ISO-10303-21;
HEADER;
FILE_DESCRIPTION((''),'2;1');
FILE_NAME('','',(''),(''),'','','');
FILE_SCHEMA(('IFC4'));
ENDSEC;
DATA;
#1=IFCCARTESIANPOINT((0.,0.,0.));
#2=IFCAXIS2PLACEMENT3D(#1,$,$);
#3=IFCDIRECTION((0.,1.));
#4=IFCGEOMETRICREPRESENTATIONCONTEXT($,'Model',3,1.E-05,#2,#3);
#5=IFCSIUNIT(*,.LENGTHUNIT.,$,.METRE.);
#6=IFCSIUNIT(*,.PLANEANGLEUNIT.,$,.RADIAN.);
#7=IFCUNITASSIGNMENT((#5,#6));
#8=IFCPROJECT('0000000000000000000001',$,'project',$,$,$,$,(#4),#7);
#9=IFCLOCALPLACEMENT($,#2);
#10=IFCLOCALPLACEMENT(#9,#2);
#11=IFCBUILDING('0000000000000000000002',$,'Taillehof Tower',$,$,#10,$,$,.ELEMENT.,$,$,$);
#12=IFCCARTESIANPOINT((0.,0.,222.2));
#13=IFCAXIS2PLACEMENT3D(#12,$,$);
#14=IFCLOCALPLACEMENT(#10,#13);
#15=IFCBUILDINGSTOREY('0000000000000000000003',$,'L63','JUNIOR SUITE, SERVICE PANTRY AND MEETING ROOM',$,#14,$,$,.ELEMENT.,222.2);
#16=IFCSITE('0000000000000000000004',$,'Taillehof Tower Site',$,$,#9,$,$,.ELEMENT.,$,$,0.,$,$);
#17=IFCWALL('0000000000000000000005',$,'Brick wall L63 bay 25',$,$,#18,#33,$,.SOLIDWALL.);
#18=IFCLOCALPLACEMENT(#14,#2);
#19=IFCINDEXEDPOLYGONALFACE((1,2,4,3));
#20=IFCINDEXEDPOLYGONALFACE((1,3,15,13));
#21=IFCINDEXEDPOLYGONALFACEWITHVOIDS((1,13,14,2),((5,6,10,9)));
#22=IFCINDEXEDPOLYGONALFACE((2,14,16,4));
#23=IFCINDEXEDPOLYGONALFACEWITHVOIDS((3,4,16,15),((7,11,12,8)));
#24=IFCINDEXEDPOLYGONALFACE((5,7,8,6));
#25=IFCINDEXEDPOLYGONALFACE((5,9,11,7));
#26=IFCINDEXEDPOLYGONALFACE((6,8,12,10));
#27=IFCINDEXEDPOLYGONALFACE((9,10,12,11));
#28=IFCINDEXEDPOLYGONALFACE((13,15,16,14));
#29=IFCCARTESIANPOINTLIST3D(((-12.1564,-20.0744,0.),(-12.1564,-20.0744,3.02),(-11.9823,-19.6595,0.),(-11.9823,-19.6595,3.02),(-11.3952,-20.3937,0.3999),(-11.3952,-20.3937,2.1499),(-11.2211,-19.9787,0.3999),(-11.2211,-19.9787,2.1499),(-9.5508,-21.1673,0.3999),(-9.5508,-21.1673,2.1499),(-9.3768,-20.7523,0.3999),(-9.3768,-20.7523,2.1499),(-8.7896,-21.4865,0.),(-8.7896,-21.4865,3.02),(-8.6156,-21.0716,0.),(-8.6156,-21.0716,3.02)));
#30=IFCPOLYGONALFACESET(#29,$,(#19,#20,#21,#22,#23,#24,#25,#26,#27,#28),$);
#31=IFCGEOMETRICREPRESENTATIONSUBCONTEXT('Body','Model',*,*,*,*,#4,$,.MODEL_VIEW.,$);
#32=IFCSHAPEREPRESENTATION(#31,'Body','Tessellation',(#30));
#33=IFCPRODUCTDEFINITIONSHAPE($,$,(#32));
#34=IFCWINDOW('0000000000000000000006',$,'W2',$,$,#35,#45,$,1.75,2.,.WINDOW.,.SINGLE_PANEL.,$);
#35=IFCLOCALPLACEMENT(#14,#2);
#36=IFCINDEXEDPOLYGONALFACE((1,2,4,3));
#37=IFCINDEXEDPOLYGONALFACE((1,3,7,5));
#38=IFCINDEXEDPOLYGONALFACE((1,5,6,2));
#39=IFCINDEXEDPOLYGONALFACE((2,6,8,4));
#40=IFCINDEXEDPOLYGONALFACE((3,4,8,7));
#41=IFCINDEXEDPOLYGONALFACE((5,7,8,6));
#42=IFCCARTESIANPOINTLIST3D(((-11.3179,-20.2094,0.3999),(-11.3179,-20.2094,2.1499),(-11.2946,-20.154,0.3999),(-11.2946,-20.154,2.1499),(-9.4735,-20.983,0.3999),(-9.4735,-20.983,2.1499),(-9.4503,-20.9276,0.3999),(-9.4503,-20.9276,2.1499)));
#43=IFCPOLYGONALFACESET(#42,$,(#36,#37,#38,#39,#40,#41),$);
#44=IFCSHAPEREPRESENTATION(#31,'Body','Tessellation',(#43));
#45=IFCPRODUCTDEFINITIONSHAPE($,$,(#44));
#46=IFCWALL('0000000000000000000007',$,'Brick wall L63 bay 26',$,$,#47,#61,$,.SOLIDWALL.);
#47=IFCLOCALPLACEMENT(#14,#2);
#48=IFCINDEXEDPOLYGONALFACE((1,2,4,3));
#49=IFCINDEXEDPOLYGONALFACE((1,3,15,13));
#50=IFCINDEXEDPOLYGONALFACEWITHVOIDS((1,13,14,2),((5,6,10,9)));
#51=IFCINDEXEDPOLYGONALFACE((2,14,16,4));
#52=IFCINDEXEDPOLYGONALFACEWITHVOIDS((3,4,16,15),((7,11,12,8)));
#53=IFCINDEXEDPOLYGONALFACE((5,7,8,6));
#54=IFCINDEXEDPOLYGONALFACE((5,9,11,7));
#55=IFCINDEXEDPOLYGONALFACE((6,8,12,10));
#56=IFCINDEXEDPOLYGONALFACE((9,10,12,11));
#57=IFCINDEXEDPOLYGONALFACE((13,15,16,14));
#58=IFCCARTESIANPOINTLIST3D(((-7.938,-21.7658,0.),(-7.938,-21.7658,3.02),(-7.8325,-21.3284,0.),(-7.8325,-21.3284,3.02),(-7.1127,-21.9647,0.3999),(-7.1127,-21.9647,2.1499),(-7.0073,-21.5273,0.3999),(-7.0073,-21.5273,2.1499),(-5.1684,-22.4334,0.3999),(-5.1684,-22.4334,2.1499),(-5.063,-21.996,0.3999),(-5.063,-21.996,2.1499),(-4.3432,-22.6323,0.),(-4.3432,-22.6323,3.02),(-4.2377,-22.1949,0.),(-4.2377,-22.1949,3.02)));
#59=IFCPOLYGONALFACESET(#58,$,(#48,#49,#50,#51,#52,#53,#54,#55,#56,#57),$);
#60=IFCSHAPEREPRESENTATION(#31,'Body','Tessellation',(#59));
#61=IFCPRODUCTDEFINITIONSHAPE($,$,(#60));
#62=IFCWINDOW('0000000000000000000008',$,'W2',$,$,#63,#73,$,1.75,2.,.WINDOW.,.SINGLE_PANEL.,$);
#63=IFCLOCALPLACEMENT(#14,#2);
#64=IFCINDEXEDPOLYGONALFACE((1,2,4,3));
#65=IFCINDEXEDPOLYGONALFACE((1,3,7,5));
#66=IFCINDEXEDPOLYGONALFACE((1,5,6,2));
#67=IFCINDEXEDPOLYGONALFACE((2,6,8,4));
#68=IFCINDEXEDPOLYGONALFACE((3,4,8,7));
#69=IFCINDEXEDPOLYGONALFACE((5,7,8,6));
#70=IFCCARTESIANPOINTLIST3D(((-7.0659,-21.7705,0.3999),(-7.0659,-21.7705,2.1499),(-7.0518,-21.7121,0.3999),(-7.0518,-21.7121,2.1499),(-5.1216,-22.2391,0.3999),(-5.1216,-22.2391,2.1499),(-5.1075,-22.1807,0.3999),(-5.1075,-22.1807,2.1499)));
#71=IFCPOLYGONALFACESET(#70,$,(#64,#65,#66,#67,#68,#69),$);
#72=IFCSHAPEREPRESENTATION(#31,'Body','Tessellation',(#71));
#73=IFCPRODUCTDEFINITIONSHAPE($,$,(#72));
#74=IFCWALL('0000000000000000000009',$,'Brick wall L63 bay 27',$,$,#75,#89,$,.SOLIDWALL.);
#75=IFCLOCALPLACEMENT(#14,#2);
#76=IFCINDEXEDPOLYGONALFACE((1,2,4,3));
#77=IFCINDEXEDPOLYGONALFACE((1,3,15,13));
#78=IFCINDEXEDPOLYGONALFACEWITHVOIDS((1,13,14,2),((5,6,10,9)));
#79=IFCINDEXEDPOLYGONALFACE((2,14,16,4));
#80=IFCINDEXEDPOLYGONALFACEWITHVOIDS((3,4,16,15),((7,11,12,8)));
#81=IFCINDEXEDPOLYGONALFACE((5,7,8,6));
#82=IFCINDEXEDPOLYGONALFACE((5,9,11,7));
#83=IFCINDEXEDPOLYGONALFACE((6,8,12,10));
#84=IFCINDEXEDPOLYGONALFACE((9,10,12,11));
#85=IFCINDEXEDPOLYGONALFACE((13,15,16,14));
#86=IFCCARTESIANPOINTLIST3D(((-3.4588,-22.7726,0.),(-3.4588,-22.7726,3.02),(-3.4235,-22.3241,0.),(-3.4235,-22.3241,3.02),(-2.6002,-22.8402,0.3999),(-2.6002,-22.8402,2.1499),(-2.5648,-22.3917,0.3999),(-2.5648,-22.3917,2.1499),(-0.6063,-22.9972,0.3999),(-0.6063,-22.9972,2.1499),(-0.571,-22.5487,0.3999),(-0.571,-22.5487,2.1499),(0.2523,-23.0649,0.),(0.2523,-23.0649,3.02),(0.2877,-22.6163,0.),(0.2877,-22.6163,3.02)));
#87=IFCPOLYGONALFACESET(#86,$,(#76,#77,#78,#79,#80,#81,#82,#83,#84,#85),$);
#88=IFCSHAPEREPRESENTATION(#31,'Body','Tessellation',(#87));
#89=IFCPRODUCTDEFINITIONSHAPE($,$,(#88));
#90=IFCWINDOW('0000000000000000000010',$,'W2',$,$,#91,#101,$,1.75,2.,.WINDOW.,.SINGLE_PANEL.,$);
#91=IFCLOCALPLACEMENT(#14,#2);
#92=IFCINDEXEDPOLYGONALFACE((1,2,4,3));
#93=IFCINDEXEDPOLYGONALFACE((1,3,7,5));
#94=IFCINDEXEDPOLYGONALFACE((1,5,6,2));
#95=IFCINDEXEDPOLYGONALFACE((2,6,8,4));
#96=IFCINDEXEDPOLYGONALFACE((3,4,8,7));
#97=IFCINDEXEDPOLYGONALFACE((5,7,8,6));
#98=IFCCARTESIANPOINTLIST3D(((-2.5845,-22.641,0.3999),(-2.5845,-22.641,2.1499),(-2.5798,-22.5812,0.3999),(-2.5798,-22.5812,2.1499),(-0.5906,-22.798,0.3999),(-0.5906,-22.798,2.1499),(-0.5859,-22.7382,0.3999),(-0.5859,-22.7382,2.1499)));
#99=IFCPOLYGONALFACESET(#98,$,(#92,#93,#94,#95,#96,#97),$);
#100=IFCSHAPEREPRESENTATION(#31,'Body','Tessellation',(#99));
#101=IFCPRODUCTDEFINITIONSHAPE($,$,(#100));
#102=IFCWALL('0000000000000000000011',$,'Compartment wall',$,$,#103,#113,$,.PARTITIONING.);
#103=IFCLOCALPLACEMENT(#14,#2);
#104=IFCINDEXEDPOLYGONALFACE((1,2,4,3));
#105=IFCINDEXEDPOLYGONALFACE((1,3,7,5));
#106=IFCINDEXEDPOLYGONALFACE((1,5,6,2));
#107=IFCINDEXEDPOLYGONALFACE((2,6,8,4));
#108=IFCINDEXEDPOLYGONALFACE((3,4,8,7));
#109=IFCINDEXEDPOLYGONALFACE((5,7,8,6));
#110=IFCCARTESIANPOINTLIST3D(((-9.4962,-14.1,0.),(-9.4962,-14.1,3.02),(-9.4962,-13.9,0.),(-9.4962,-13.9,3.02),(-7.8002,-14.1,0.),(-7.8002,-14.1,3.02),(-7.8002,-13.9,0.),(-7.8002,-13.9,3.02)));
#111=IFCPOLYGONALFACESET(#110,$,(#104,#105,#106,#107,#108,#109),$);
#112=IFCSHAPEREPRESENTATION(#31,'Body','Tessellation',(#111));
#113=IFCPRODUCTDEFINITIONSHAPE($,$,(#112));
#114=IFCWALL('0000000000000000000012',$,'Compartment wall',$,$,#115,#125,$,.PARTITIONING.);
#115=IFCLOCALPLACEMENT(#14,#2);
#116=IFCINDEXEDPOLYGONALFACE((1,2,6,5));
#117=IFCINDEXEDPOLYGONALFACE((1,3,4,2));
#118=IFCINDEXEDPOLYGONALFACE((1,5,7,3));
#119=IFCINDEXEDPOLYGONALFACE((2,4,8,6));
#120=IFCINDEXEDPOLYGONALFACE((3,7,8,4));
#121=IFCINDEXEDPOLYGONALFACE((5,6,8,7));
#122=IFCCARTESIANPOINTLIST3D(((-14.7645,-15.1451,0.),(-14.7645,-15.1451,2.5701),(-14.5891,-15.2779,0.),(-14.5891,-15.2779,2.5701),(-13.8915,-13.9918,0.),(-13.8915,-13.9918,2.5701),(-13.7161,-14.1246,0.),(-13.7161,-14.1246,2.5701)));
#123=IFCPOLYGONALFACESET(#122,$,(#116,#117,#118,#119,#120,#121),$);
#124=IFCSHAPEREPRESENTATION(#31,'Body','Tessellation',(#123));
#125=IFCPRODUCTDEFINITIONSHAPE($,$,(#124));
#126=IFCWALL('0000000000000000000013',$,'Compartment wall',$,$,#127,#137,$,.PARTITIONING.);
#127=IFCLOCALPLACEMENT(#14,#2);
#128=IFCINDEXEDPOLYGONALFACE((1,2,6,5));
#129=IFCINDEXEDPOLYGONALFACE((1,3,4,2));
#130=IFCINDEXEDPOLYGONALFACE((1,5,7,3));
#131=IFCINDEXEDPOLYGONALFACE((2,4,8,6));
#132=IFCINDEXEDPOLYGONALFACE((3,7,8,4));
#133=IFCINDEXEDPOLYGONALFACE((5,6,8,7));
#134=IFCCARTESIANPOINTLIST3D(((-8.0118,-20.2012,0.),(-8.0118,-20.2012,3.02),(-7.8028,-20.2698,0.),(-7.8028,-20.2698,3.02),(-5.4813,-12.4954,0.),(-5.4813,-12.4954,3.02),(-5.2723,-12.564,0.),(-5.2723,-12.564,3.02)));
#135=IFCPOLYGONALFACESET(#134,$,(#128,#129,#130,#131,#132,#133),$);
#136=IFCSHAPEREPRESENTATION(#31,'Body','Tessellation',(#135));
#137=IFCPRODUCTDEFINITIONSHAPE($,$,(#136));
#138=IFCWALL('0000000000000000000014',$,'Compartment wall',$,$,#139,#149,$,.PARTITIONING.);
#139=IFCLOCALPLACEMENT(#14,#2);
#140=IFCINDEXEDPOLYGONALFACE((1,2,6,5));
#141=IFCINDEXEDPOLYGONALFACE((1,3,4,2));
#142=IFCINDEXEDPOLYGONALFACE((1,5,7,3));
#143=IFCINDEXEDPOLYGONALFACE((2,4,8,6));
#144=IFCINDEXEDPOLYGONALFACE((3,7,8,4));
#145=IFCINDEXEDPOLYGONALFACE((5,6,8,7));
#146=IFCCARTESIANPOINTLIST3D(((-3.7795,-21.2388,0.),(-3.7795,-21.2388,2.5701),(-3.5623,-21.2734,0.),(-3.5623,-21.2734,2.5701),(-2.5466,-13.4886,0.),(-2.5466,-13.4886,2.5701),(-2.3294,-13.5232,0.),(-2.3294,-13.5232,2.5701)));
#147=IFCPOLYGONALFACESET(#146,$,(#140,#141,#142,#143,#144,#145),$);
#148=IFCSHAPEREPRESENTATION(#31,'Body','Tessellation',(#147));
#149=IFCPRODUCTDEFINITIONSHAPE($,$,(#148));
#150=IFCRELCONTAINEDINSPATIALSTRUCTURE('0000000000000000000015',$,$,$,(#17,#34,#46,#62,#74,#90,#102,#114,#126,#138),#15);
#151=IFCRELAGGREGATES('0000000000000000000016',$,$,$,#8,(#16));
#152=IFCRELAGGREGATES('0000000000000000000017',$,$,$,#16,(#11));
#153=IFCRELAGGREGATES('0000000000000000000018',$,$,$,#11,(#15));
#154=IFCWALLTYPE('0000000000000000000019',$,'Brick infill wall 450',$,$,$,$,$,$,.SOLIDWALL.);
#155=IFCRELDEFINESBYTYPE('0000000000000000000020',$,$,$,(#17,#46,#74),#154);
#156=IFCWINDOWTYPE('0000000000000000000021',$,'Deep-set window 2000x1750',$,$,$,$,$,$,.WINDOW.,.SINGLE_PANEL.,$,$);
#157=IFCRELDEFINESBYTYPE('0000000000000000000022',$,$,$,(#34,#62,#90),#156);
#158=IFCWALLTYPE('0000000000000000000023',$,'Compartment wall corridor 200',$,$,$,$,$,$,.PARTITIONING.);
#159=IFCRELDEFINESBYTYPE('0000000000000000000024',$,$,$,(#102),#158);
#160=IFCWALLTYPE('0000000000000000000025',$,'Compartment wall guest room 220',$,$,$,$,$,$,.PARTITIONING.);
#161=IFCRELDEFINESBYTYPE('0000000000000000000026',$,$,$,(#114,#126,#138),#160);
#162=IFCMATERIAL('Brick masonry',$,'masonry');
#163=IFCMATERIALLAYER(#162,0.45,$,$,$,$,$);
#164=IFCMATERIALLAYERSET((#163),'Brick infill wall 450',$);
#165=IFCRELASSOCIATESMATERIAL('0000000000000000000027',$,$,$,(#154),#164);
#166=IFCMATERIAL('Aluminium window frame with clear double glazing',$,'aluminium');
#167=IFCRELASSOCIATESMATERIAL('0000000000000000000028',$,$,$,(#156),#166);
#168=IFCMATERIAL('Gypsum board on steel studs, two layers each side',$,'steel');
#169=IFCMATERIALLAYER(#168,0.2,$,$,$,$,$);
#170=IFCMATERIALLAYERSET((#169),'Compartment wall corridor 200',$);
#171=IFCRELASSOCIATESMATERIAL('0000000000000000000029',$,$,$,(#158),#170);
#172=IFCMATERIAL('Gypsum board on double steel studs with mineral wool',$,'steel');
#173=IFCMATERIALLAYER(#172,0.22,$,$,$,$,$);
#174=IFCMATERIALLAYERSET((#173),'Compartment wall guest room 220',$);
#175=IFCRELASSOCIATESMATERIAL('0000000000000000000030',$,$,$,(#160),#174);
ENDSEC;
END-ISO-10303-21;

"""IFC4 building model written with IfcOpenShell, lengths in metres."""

from ifc_helpers import new_model, si_unit, direction, frame, frame_2d, origin, place, context, subcontext, project, spatial, rectangle, extrude, material, layer, layer_set, type_object, element, fill, save


model = new_model("IFC4")

# Units and contexts
model_context = context("Model", 3, precision=1e-05, world=origin(), true_north=direction((0.0, 1.0)))
body_context = subcontext(model_context, "Body", "Model", "MODEL_VIEW")
ifc_project = project(units=[si_unit("LENGTHUNIT", "METRE"), si_unit("PLANEANGLEUNIT", "RADIAN")], contexts=[model_context])

# Site, building, storey
site_placement = place(None, origin())
site = spatial("IfcSite", under=ifc_project, at=site_placement, Name="Taillehof Tower Site", CompositionType="ELEMENT", RefElevation=0.0)
building_placement = place(site_placement, origin())
building = spatial("IfcBuilding", under=site, at=building_placement, Name="Taillehof Tower", CompositionType="ELEMENT")
storey_placement = place(building_placement, frame((0.0, 0.0, 222.2)))
storey = spatial("IfcBuildingStorey", under=building, at=storey_placement, Name="L63", Description="JUNIOR SUITE, SERVICE PANTRY AND MEETING ROOM", CompositionType="ELEMENT", Elevation=222.2)

# Walls, openings, windows
ifc_material_1 = material(Name="Brick masonry", Category="masonry")
ifc_layer_1 = layer(ifc_material_1, 0.45)
ifc_layer_set_1 = layer_set([ifc_layer_1], Name="Brick infill wall 450")
wall_type_1 = type_object("IfcWallType", Name="Brick infill wall 450", PredefinedType="SOLIDWALL", material=ifc_layer_set_1)
wall_1_placement = place(storey_placement, frame((-12.0693, -19.8669, 0.0), z_axis=(0.0, 0.0, 1.0), x_axis=(0.922168, -0.386789, 0.0)))
wall_1 = element("IfcWall", 1, at=wall_1_placement, inside=storey, type_object=wall_type_1, Name="Brick wall L63 bay 25", PredefinedType="SOLIDWALL", context=body_context, shape_type="SweptSolid", body=[
    extrude(rectangle(XDim=3.6509, YDim=0.45, at=frame_2d((1.8254, 0.0))), origin(), (0.0, 0.0, 1.0), 3.02),
])
opening_1_placement = place(wall_1_placement, frame((0.8254, 0.0, 0.3999)))
opening_1 = element("IfcOpeningElement", 2, at=opening_1_placement, cuts=wall_1, PredefinedType="OPENING", context=body_context, shape_type="SweptSolid", body=[
    extrude(rectangle(XDim=2.0, YDim=1.75, at=frame_2d((1.0, 0.875))), frame((0.0, 0.2349, 0.0), z_axis=(0.0, -1.0, 0.0), x_axis=(1.0, 0.0, 0.0)), (0.0, 0.0, 1.0), 0.47),
])
ifc_material_2 = material(Name="Aluminium window frame with clear double glazing", Category="aluminium")
window_type = type_object("IfcWindowType", Name="Deep-set window 2000x1750", PartitioningType="SINGLE_PANEL", PredefinedType="WINDOW", material=ifc_material_2)
window_1_placement = place(opening_1_placement, origin())
window_1 = element("IfcWindow", 3, at=window_1_placement, inside=storey, type_object=window_type, Name="W2", OverallHeight=1.75, OverallWidth=2.0, PartitioningType="SINGLE_PANEL", PredefinedType="WINDOW", context=body_context, shape_type="SweptSolid", body=[
    extrude(rectangle(XDim=2.0, YDim=1.75, at=frame_2d((1.0, 0.875))), frame((0.0, 0.0349, 0.0), z_axis=(0.0, -1.0, 0.0), x_axis=(1.0, 0.0, 0.0)), (0.0, 0.0, 1.0), 0.0601),
])
fill(opening_1, window_1)
wall_2_placement = place(storey_placement, frame((-7.8853, -21.5471, 0.0), z_axis=(0.0, 0.0, 1.0), x_axis=(0.972158, -0.234324, 0.0)))
wall_2 = element("IfcWall", 4, at=wall_2_placement, inside=storey, type_object=wall_type_1, Name="Brick wall L63 bay 26", PredefinedType="SOLIDWALL", context=body_context, shape_type="SweptSolid", body=[
    extrude(rectangle(XDim=3.6978, YDim=0.45, at=frame_2d((1.8489, 0.0))), origin(), (0.0, 0.0, 1.0), 3.02),
])
opening_2_placement = place(wall_2_placement, frame((0.8489, 0.0, 0.3999)))
opening_2 = element("IfcOpeningElement", 5, at=opening_2_placement, cuts=wall_2, PredefinedType="OPENING", context=body_context, shape_type="SweptSolid", body=[
    extrude(rectangle(XDim=2.0, YDim=1.75, at=frame_2d((1.0, 0.875))), frame((0.0, 0.2349, 0.0), z_axis=(0.0, -1.0, 0.0), x_axis=(1.0, 0.0, 0.0)), (0.0, 0.0, 1.0), 0.47),
])
window_2_placement = place(opening_2_placement, origin())
window_2 = element("IfcWindow", 6, at=window_2_placement, inside=storey, type_object=window_type, Name="W2", OverallHeight=1.75, OverallWidth=2.0, PartitioningType="SINGLE_PANEL", PredefinedType="WINDOW", context=body_context, shape_type="SweptSolid", body=[
    extrude(rectangle(XDim=2.0, YDim=1.75, at=frame_2d((1.0, 0.875))), frame((0.0, 0.0349, 0.0), z_axis=(0.0, -1.0, 0.0), x_axis=(1.0, 0.0, 0.0)), (0.0, 0.0, 1.0), 0.0601),
])
fill(opening_2, window_2)
wall_3_placement = place(storey_placement, frame((-3.4412, -22.5483, 0.0), z_axis=(0.0, 0.0, 1.0), x_axis=(0.996914, -0.078502, 0.0)))
wall_3 = element("IfcWall", 7, at=wall_3_placement, inside=storey, type_object=wall_type_1, Name="Brick wall L63 bay 27", PredefinedType="SOLIDWALL", context=body_context, shape_type="SweptSolid", body=[
    extrude(rectangle(XDim=3.7227, YDim=0.45, at=frame_2d((1.8613, 0.0))), origin(), (0.0, 0.0, 1.0), 3.02),
])
opening_3_placement = place(wall_3_placement, frame((0.8613, 0.0, 0.3999)))
opening_3 = element("IfcOpeningElement", 8, at=opening_3_placement, cuts=wall_3, PredefinedType="OPENING", context=body_context, shape_type="SweptSolid", body=[
    extrude(rectangle(XDim=2.0, YDim=1.75, at=frame_2d((1.0, 0.875))), frame((0.0, 0.2349, 0.0), z_axis=(0.0, -1.0, 0.0), x_axis=(1.0, 0.0, 0.0)), (0.0, 0.0, 1.0), 0.47),
])
window_3_placement = place(opening_3_placement, origin())
window_3 = element("IfcWindow", 9, at=window_3_placement, inside=storey, type_object=window_type, Name="W2", OverallHeight=1.75, OverallWidth=2.0, PartitioningType="SINGLE_PANEL", PredefinedType="WINDOW", context=body_context, shape_type="SweptSolid", body=[
    extrude(rectangle(XDim=2.0, YDim=1.75, at=frame_2d((1.0, 0.875))), frame((0.0, 0.0349, 0.0), z_axis=(0.0, -1.0, 0.0), x_axis=(1.0, 0.0, 0.0)), (0.0, 0.0, 1.0), 0.0601),
])
fill(opening_3, window_3)

# Walls
ifc_material_3 = material(Name="Gypsum board on steel studs, two layers each side", Category="steel")
ifc_layer_2 = layer(ifc_material_3, 0.2)
ifc_layer_set_2 = layer_set([ifc_layer_2], Name="Compartment wall corridor 200")
wall_type_2 = type_object("IfcWallType", Name="Compartment wall corridor 200", PredefinedType="PARTITIONING", material=ifc_layer_set_2)
wall_4_placement = place(storey_placement, frame((-7.8, -14.0, 0.0), z_axis=(0.0, 0.0, 1.0), x_axis=(-1.0, 0.0, 0.0)))
element("IfcWall", 10, at=wall_4_placement, inside=storey, type_object=wall_type_2, Name="Compartment wall", PredefinedType="PARTITIONING", context=body_context, shape_type="SweptSolid", body=[
    extrude(rectangle(XDim=1.696, YDim=0.2, at=frame_2d((0.8481, 0.0))), origin(), (0.0, 0.0, 1.0), 3.02),
])
ifc_material_4 = material(Name="Gypsum board on double steel studs with mineral wool", Category="steel")
ifc_layer_3 = layer(ifc_material_4, 0.22)
ifc_layer_set_3 = layer_set([ifc_layer_3], Name="Compartment wall guest room 220")
wall_type_3 = type_object("IfcWallType", Name="Compartment wall guest room 220", PredefinedType="PARTITIONING", material=ifc_layer_set_3)
wall_5_placement = place(storey_placement, frame((-14.6768, -15.2114, 0.0), z_axis=(0.0, 0.0, 1.0), x_axis=(0.603559, 0.797319, 0.0)))
element("IfcWall", 11, at=wall_5_placement, inside=storey, type_object=wall_type_3, Name="Compartment wall", PredefinedType="PARTITIONING", context=body_context, shape_type="SweptSolid", body=[
    extrude(rectangle(XDim=1.4465, YDim=0.22, at=frame_2d((0.7231, 0.0))), origin(), (0.0, 0.0, 1.0), 2.5701),
])
wall_6_placement = place(storey_placement, frame((-7.9072, -20.2354, 0.0), z_axis=(0.0, 0.0, 1.0), x_axis=(0.311998, 0.950083, 0.0)))
element("IfcWall", 12, at=wall_6_placement, inside=storey, type_object=wall_type_3, Name="Compartment wall", PredefinedType="PARTITIONING", context=body_context, shape_type="SweptSolid", body=[
    extrude(rectangle(XDim=8.1106, YDim=0.22, at=frame_2d((4.0552, 0.0))), origin(), (0.0, 0.0, 1.0), 3.02),
])
wall_7_placement = place(storey_placement, frame((-3.6709, -21.2561, 0.0), z_axis=(0.0, 0.0, 1.0), x_axis=(0.157105, 0.987582, 0.0)))
element("IfcWall", 13, at=wall_7_placement, inside=storey, type_object=wall_type_3, Name="Compartment wall", PredefinedType="PARTITIONING", context=body_context, shape_type="SweptSolid", body=[
    extrude(rectangle(XDim=7.8477, YDim=0.22, at=frame_2d((3.9238, 0.0))), origin(), (0.0, 0.0, 1.0), 2.5701),
])

save(model, "model.ifc")
